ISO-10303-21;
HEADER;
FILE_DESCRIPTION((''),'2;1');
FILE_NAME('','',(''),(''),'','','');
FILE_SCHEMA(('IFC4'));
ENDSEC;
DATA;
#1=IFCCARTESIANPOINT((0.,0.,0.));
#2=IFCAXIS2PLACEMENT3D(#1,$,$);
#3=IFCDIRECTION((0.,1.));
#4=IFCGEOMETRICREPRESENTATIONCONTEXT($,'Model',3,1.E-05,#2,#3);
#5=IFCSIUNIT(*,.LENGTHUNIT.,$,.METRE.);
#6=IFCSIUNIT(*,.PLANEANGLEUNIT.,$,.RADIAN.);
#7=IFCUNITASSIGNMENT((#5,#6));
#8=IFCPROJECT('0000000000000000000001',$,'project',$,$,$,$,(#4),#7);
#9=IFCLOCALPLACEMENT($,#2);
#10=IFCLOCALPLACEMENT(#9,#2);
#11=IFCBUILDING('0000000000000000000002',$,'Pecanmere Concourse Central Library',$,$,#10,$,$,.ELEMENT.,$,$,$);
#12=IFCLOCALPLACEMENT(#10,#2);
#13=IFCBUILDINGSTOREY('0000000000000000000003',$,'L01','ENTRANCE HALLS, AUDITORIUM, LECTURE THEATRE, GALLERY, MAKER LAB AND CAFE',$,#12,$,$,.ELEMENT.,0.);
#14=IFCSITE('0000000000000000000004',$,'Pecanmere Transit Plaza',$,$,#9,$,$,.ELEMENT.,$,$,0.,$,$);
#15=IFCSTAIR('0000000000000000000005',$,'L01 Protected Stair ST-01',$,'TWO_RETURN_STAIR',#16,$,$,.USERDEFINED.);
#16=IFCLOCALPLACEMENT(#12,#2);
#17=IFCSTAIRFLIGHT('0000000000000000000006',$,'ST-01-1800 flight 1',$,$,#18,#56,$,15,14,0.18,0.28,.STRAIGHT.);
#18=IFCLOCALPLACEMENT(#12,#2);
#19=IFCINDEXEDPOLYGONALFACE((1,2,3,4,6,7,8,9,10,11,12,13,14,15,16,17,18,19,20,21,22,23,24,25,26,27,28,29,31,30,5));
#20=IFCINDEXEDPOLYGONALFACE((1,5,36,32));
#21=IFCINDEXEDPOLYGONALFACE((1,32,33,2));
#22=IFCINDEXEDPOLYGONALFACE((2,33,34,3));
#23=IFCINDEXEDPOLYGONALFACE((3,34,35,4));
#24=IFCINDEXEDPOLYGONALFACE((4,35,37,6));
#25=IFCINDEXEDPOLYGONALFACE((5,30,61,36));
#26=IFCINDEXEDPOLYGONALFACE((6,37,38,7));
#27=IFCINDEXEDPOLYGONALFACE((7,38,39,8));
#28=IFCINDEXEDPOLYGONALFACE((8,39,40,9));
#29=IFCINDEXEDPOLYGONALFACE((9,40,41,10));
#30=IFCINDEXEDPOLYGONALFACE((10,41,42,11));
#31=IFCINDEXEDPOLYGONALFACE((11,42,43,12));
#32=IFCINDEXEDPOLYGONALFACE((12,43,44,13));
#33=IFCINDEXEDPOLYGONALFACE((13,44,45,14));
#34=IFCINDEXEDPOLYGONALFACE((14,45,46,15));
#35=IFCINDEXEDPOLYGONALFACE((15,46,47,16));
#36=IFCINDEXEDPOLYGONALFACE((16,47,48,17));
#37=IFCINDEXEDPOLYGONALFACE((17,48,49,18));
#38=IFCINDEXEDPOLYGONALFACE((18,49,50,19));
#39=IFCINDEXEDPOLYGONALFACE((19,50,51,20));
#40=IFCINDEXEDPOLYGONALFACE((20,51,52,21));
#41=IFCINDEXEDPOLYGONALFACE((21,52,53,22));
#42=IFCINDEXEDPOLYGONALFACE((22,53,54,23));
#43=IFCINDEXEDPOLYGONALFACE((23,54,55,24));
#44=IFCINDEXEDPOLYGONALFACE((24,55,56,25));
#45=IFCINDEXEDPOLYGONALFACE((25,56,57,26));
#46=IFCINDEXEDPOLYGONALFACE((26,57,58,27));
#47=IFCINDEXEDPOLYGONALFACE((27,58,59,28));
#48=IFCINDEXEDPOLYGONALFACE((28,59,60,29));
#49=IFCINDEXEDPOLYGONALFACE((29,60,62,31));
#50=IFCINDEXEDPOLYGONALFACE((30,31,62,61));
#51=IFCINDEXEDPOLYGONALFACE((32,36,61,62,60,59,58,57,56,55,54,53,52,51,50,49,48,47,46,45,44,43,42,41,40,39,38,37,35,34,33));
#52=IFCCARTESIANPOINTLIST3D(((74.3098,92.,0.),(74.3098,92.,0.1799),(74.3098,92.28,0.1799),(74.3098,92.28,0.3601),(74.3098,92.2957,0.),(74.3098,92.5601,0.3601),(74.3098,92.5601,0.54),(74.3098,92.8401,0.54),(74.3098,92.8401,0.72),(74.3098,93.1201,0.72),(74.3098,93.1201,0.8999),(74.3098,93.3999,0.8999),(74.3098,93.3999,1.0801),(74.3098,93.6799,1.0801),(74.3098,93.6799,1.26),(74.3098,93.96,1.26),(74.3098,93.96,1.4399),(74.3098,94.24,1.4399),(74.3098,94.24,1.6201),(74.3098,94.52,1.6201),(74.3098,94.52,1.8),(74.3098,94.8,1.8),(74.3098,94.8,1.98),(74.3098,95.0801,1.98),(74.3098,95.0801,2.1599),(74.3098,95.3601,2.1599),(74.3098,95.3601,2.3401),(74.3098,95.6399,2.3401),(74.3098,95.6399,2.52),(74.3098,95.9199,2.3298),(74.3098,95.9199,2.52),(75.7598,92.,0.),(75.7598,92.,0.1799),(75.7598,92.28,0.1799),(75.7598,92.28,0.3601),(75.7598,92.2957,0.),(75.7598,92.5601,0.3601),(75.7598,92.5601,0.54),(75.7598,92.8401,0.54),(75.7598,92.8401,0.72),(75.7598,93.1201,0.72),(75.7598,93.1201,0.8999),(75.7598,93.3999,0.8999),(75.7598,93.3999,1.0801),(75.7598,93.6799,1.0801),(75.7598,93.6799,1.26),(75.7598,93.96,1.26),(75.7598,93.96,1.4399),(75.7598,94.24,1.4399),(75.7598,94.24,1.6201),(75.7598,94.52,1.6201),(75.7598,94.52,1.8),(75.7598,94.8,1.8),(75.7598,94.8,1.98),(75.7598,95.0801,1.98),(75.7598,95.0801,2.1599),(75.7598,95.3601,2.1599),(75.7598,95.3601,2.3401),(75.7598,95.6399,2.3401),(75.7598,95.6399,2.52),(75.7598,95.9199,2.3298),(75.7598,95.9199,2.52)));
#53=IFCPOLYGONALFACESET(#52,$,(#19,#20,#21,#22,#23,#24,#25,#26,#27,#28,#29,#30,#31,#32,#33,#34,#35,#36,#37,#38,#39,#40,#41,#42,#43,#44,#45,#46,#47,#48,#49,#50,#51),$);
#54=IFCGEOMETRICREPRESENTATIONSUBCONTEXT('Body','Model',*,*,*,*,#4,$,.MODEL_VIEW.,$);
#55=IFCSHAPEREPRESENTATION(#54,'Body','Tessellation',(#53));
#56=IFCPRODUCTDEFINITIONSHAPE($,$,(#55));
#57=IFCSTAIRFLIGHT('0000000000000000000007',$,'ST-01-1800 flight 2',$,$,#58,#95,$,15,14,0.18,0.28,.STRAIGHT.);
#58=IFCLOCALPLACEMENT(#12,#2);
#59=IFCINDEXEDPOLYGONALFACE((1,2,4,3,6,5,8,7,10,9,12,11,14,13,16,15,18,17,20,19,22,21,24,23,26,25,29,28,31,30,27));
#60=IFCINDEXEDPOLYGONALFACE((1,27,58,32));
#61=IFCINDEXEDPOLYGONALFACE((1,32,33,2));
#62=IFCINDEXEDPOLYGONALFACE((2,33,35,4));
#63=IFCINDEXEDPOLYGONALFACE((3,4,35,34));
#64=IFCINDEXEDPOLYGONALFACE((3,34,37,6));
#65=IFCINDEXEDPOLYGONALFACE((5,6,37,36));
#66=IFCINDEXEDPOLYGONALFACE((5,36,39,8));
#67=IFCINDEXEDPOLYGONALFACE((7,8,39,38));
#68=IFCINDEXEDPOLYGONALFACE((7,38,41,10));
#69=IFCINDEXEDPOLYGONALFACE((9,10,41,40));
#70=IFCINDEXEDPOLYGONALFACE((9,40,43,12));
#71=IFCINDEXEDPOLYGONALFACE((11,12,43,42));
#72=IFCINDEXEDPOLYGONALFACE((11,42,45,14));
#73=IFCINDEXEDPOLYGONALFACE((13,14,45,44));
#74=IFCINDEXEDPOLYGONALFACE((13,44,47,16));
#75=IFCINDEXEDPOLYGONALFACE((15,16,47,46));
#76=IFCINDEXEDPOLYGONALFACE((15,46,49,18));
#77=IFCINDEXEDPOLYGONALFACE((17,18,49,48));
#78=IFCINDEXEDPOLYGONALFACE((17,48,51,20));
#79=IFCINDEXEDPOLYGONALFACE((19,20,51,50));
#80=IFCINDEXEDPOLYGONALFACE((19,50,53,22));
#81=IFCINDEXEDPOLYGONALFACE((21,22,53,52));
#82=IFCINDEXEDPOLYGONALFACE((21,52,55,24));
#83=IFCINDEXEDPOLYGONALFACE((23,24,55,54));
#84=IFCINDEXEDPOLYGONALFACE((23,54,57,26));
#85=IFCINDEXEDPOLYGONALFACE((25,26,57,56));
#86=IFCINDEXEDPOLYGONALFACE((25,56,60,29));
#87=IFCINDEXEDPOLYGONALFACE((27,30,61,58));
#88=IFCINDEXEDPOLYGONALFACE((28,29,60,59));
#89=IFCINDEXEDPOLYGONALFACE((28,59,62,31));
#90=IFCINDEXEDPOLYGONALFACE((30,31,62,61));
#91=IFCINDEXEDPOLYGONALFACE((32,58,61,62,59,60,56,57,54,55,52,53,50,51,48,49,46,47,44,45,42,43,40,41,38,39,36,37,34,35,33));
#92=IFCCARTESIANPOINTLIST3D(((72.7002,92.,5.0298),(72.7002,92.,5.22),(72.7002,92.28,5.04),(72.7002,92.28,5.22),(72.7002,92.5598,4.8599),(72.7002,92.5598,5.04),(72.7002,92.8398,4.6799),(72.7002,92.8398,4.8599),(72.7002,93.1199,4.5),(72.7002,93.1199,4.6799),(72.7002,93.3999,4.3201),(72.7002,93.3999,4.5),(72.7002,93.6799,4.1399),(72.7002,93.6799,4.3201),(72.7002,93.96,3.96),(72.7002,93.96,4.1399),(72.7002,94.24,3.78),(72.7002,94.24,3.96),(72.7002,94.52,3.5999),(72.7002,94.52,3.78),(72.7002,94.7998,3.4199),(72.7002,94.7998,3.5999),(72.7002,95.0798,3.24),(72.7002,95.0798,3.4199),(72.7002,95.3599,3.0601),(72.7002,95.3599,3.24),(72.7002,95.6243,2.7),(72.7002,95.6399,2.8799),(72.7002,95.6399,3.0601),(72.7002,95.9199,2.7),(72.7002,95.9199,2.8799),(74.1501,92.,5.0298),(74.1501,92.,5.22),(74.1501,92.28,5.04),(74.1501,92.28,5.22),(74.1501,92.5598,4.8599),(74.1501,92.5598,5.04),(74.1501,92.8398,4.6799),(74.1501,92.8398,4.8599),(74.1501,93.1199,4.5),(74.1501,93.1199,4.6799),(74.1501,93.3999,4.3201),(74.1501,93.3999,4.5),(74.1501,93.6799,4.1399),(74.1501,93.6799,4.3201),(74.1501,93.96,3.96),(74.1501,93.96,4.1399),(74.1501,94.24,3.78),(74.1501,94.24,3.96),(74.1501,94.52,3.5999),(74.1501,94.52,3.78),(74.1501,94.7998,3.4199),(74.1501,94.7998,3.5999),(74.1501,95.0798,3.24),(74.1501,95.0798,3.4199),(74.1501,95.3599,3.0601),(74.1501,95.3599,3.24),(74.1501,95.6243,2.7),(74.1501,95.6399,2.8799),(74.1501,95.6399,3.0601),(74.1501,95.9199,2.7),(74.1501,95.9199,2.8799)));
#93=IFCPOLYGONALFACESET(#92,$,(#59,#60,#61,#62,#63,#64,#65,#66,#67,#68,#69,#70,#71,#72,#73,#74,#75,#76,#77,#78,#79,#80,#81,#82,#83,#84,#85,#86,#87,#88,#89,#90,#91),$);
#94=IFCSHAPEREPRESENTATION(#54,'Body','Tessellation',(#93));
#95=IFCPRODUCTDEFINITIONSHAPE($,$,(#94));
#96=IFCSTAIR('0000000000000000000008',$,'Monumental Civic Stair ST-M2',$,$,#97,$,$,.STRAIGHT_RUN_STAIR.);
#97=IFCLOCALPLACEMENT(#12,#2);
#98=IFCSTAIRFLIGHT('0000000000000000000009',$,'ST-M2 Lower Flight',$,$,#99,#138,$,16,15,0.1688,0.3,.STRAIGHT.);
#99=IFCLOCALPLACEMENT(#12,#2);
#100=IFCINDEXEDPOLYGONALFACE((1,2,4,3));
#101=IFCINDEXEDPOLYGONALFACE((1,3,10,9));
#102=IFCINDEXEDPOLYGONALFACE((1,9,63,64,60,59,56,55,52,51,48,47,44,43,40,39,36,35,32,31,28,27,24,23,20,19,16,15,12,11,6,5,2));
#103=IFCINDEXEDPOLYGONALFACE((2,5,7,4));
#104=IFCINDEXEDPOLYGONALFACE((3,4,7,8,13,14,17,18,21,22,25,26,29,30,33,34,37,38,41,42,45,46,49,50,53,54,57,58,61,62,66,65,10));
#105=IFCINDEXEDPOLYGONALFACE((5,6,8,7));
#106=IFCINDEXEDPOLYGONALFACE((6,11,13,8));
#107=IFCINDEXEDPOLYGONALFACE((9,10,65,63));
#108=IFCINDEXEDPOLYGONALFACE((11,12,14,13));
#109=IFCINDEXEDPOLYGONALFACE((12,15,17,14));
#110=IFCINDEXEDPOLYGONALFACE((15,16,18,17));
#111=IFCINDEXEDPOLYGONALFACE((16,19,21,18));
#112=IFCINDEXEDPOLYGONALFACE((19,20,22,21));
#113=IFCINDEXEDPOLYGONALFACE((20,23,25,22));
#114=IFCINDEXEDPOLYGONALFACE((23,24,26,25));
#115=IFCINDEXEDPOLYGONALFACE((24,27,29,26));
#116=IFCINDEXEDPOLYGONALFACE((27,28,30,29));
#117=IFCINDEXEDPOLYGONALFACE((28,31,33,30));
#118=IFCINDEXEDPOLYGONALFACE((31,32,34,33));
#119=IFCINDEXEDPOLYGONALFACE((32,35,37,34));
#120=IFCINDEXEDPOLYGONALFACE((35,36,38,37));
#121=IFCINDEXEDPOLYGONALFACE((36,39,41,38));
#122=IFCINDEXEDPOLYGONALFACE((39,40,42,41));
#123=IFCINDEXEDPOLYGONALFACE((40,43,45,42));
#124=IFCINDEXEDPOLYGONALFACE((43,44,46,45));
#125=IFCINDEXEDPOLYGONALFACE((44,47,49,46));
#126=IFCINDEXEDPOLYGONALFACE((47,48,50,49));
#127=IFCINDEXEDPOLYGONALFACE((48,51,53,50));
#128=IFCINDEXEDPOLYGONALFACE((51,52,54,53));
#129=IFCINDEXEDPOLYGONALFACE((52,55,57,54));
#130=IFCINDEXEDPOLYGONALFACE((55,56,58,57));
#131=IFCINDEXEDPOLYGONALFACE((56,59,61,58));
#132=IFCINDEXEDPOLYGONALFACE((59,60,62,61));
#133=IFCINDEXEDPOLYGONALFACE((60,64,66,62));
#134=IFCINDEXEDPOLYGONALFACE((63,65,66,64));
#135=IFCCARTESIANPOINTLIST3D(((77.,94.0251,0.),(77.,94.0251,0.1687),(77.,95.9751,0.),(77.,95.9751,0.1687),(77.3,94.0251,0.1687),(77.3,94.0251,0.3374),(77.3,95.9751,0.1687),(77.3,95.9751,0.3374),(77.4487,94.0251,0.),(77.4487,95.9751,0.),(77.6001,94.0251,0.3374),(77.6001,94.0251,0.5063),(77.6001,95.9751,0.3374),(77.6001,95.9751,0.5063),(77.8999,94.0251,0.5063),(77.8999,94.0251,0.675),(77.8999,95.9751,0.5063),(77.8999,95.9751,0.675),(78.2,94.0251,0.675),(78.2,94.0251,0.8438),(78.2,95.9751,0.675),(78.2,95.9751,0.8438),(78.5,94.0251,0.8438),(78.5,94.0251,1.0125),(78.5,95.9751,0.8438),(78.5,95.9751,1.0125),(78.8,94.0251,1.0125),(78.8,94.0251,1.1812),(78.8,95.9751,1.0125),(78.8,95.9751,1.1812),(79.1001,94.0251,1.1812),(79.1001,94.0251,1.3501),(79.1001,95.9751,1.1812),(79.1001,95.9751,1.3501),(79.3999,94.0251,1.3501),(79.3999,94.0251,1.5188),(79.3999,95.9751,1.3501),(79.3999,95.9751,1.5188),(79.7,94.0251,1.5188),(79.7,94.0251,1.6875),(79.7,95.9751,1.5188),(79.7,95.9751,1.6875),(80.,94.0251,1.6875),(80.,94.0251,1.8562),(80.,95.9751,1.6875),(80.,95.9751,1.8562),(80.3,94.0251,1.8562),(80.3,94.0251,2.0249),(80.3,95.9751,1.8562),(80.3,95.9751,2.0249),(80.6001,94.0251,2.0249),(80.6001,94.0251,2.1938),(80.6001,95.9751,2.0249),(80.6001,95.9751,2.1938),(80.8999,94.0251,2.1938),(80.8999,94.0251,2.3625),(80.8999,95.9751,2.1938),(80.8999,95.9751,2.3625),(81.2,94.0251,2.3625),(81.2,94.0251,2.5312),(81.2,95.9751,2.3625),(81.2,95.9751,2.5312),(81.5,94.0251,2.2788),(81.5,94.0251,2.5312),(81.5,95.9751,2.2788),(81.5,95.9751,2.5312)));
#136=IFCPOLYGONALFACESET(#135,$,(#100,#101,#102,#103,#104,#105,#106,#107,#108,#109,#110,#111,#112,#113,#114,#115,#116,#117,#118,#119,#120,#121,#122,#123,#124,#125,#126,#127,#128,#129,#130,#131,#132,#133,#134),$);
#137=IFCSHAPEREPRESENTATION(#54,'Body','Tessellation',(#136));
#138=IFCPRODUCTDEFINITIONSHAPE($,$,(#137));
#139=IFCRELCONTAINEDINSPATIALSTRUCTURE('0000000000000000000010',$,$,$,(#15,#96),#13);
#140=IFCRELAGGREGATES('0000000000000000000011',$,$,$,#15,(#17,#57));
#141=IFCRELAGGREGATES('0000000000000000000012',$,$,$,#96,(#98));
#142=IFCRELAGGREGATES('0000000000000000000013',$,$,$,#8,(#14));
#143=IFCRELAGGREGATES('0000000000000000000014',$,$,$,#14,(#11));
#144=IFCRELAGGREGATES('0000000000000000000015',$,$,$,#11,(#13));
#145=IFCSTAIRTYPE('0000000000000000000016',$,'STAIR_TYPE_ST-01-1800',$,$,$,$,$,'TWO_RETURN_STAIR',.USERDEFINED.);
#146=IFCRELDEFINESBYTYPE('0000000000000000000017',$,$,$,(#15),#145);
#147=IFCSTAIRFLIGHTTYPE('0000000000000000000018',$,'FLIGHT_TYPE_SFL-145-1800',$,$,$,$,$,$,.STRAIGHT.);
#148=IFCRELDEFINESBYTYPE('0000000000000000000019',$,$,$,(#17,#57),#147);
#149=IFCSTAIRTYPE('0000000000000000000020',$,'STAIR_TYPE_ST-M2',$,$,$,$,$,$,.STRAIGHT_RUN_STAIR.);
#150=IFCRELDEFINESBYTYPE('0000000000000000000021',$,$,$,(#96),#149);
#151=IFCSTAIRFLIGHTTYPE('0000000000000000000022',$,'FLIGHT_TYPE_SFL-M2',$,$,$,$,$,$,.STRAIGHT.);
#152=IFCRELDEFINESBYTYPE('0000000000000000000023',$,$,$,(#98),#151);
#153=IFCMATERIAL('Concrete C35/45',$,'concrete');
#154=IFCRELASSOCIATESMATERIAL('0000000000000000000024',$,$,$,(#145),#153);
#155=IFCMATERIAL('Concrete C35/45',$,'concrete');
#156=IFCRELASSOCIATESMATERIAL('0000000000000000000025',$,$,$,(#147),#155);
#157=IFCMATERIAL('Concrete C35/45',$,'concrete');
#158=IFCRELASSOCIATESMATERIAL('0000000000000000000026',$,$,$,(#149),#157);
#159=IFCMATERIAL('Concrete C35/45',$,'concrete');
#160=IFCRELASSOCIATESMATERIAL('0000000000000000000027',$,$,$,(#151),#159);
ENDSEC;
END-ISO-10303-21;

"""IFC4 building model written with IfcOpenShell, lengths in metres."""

from ifc_helpers import new_model, si_unit, direction, frame, origin, place, context, subcontext, project, spatial, polyline, outline, extrude, material, type_object, element, aggregate, save


model = new_model("IFC4")

# Units and contexts
model_context = context("Model", 3, precision=1e-05, world=origin(), true_north=direction((0.0, 1.0)))
body_context = subcontext(model_context, "Body", "Model", "MODEL_VIEW")
ifc_project = project(units=[si_unit("LENGTHUNIT", "METRE"), si_unit("PLANEANGLEUNIT", "RADIAN")], contexts=[model_context])

# Site, building, storey
site_placement = place(None, origin())
site = spatial("IfcSite", under=ifc_project, at=site_placement, Name="Pecanmere Transit Plaza", CompositionType="ELEMENT", RefElevation=0.0)
building_placement = place(site_placement, origin())
building = spatial("IfcBuilding", under=site, at=building_placement, Name="Pecanmere Concourse Central Library", CompositionType="ELEMENT")
storey_placement = place(building_placement, origin())
storey = spatial("IfcBuildingStorey", under=building, at=storey_placement, Name="L01", Description="ENTRANCE HALLS, AUDITORIUM, LECTURE THEATRE, GALLERY, MAKER LAB AND CAFE", CompositionType="ELEMENT", Elevation=0.0)

# Stair, stair flights
ifc_material_1 = material(Name="Concrete C35/45", Category="concrete")
stair_type_1 = type_object("IfcStairType", Name="STAIR_TYPE_ST-01-1800", ElementType="TWO_RETURN_STAIR", PredefinedType="USERDEFINED", material=ifc_material_1)
stair_1_placement = place(storey_placement, origin())
stair_1 = element("IfcStair", 1, at=stair_1_placement, inside=storey, type_object=stair_type_1, Name="L01 Protected Stair ST-01", ObjectType="TWO_RETURN_STAIR", PredefinedType="USERDEFINED")
ifc_material_2 = material(Name="Concrete C35/45", Category="concrete")
stair_flight_type_1 = type_object("IfcStairFlightType", Name="FLIGHT_TYPE_SFL-145-1800", PredefinedType="STRAIGHT", material=ifc_material_2)
stair_flight_1_placement = place(storey_placement, frame((75.0349, 92.0, 0.0), z_axis=(0.0, 0.0, 1.0), x_axis=(0.0, 1.0, 0.0)))
stair_flight_1 = element("IfcStairFlight", 2, at=stair_flight_1_placement, type_object=stair_flight_type_1, Name="ST-01-1800 flight 1", NumberOfRisers=15, NumberOfTreads=14, PredefinedType="STRAIGHT", RiserHeight=0.18, TreadLength=0.28, context=body_context, shape_type="SweptSolid", body=[
    extrude(outline(polyline([(0.0, 0.0), (0.0, 0.1799), (0.28, 0.1799), (0.28, 0.3601), (0.5601, 0.3601), (0.5601, 0.54), (0.8401, 0.54), (0.8401, 0.72), (1.1201, 0.72), (1.1201, 0.8999), (1.3999, 0.8999), (1.3999, 1.0801), (1.6799, 1.0801), (1.6799, 1.26), (1.96, 1.26), (1.96, 1.4399), (2.24, 1.4399), (2.24, 1.6201), (2.52, 1.6201), (2.52, 1.8), (2.8, 1.8), (2.8, 1.98), (3.0801, 1.98), (3.0801, 2.1599), (3.3601, 2.1599), (3.3601, 2.3401), (3.6399, 2.3401), (3.6399, 2.52), (3.9199, 2.52), (3.9199, 2.7), (3.9199, 2.3298), (0.2957, 0.0), (0.0, 0.0)])), frame((0.0, 0.7251, 0.0), z_axis=(0.0, -1.0, 0.0), x_axis=(1.0, 0.0, 0.0)), (0.0, 0.0, 1.0), 1.45),
])
stair_flight_2_placement = place(storey_placement, frame((73.425, 95.9199, 2.7), z_axis=(0.0, 0.0, 1.0), x_axis=(0.0, -1.0, 0.0)))
stair_flight_2 = element("IfcStairFlight", 3, at=stair_flight_2_placement, type_object=stair_flight_type_1, Name="ST-01-1800 flight 2", NumberOfRisers=15, NumberOfTreads=14, PredefinedType="STRAIGHT", RiserHeight=0.18, TreadLength=0.28, context=body_context, shape_type="SweptSolid", body=[
    extrude(outline(polyline([(0.0, 0.0), (0.0, 0.1799), (0.28, 0.1799), (0.28, 0.3601), (0.5601, 0.3601), (0.5601, 0.54), (0.8401, 0.54), (0.8401, 0.72), (1.1201, 0.72), (1.1201, 0.8999), (1.3999, 0.8999), (1.3999, 1.0801), (1.6799, 1.0801), (1.6799, 1.26), (1.96, 1.26), (1.96, 1.4399), (2.24, 1.4399), (2.24, 1.6201), (2.52, 1.6201), (2.52, 1.8), (2.8, 1.8), (2.8, 1.98), (3.0801, 1.98), (3.0801, 2.1599), (3.3601, 2.1599), (3.3601, 2.3401), (3.6399, 2.3401), (3.6399, 2.52), (3.9199, 2.52), (3.9199, 2.7), (3.9199, 2.3298), (0.2957, 0.0), (0.0, 0.0)])), frame((0.0, 0.7251, 0.0), z_axis=(0.0, -1.0, 0.0), x_axis=(1.0, 0.0, 0.0)), (0.0, 0.0, 1.0), 1.45),
])
aggregate(stair_1, [stair_flight_1, stair_flight_2])

# Stair, stair flight
ifc_material_3 = material(Name="Concrete C35/45", Category="concrete")
stair_type_2 = type_object("IfcStairType", Name="STAIR_TYPE_ST-M2", PredefinedType="STRAIGHT_RUN_STAIR", material=ifc_material_3)
stair_2_placement = place(storey_placement, origin())
stair_2 = element("IfcStair", 4, at=stair_2_placement, inside=storey, type_object=stair_type_2, Name="Monumental Civic Stair ST-M2", PredefinedType="STRAIGHT_RUN_STAIR")
ifc_material_4 = material(Name="Concrete C35/45", Category="concrete")
stair_flight_type_2 = type_object("IfcStairFlightType", Name="FLIGHT_TYPE_SFL-M2", PredefinedType="STRAIGHT", material=ifc_material_4)
stair_flight_3_placement = place(storey_placement, frame((77.0, 95.0, 0.0), z_axis=(0.0, 0.0, 1.0), x_axis=(1.0, 0.0, 0.0)))
stair_flight_3 = element("IfcStairFlight", 5, at=stair_flight_3_placement, type_object=stair_flight_type_2, Name="ST-M2 Lower Flight", NumberOfRisers=16, NumberOfTreads=15, PredefinedType="STRAIGHT", RiserHeight=0.1688, TreadLength=0.3, context=body_context, shape_type="SweptSolid", body=[
    extrude(outline(polyline([(0.0, 0.0), (0.0, 0.1687), (0.3, 0.1687), (0.3, 0.3374), (0.6001, 0.3374), (0.6001, 0.5063), (0.8999, 0.5063), (0.8999, 0.675), (1.2, 0.675), (1.2, 0.8438), (1.5, 0.8438), (1.5, 1.0125), (1.8, 1.0125), (1.8, 1.1812), (2.1001, 1.1812), (2.1001, 1.3501), (2.3999, 1.3501), (2.3999, 1.5188), (2.7, 1.5188), (2.7, 1.6875), (3.0, 1.6875), (3.0, 1.8562), (3.3, 1.8562), (3.3, 2.0249), (3.6001, 2.0249), (3.6001, 2.1938), (3.8999, 2.1938), (3.8999, 2.3625), (4.2, 2.3625), (4.2, 2.5312), (4.5, 2.5312), (4.5, 2.7), (4.5, 2.2788), (0.4487, 0.0), (0.0, 0.0)])), frame((0.0, 0.9751, 0.0), z_axis=(0.0, -1.0, 0.0), x_axis=(1.0, 0.0, 0.0)), (0.0, 0.0, 1.0), 1.95),
])
aggregate(stair_2, [stair_flight_3])

save(model, "model.ifc")
